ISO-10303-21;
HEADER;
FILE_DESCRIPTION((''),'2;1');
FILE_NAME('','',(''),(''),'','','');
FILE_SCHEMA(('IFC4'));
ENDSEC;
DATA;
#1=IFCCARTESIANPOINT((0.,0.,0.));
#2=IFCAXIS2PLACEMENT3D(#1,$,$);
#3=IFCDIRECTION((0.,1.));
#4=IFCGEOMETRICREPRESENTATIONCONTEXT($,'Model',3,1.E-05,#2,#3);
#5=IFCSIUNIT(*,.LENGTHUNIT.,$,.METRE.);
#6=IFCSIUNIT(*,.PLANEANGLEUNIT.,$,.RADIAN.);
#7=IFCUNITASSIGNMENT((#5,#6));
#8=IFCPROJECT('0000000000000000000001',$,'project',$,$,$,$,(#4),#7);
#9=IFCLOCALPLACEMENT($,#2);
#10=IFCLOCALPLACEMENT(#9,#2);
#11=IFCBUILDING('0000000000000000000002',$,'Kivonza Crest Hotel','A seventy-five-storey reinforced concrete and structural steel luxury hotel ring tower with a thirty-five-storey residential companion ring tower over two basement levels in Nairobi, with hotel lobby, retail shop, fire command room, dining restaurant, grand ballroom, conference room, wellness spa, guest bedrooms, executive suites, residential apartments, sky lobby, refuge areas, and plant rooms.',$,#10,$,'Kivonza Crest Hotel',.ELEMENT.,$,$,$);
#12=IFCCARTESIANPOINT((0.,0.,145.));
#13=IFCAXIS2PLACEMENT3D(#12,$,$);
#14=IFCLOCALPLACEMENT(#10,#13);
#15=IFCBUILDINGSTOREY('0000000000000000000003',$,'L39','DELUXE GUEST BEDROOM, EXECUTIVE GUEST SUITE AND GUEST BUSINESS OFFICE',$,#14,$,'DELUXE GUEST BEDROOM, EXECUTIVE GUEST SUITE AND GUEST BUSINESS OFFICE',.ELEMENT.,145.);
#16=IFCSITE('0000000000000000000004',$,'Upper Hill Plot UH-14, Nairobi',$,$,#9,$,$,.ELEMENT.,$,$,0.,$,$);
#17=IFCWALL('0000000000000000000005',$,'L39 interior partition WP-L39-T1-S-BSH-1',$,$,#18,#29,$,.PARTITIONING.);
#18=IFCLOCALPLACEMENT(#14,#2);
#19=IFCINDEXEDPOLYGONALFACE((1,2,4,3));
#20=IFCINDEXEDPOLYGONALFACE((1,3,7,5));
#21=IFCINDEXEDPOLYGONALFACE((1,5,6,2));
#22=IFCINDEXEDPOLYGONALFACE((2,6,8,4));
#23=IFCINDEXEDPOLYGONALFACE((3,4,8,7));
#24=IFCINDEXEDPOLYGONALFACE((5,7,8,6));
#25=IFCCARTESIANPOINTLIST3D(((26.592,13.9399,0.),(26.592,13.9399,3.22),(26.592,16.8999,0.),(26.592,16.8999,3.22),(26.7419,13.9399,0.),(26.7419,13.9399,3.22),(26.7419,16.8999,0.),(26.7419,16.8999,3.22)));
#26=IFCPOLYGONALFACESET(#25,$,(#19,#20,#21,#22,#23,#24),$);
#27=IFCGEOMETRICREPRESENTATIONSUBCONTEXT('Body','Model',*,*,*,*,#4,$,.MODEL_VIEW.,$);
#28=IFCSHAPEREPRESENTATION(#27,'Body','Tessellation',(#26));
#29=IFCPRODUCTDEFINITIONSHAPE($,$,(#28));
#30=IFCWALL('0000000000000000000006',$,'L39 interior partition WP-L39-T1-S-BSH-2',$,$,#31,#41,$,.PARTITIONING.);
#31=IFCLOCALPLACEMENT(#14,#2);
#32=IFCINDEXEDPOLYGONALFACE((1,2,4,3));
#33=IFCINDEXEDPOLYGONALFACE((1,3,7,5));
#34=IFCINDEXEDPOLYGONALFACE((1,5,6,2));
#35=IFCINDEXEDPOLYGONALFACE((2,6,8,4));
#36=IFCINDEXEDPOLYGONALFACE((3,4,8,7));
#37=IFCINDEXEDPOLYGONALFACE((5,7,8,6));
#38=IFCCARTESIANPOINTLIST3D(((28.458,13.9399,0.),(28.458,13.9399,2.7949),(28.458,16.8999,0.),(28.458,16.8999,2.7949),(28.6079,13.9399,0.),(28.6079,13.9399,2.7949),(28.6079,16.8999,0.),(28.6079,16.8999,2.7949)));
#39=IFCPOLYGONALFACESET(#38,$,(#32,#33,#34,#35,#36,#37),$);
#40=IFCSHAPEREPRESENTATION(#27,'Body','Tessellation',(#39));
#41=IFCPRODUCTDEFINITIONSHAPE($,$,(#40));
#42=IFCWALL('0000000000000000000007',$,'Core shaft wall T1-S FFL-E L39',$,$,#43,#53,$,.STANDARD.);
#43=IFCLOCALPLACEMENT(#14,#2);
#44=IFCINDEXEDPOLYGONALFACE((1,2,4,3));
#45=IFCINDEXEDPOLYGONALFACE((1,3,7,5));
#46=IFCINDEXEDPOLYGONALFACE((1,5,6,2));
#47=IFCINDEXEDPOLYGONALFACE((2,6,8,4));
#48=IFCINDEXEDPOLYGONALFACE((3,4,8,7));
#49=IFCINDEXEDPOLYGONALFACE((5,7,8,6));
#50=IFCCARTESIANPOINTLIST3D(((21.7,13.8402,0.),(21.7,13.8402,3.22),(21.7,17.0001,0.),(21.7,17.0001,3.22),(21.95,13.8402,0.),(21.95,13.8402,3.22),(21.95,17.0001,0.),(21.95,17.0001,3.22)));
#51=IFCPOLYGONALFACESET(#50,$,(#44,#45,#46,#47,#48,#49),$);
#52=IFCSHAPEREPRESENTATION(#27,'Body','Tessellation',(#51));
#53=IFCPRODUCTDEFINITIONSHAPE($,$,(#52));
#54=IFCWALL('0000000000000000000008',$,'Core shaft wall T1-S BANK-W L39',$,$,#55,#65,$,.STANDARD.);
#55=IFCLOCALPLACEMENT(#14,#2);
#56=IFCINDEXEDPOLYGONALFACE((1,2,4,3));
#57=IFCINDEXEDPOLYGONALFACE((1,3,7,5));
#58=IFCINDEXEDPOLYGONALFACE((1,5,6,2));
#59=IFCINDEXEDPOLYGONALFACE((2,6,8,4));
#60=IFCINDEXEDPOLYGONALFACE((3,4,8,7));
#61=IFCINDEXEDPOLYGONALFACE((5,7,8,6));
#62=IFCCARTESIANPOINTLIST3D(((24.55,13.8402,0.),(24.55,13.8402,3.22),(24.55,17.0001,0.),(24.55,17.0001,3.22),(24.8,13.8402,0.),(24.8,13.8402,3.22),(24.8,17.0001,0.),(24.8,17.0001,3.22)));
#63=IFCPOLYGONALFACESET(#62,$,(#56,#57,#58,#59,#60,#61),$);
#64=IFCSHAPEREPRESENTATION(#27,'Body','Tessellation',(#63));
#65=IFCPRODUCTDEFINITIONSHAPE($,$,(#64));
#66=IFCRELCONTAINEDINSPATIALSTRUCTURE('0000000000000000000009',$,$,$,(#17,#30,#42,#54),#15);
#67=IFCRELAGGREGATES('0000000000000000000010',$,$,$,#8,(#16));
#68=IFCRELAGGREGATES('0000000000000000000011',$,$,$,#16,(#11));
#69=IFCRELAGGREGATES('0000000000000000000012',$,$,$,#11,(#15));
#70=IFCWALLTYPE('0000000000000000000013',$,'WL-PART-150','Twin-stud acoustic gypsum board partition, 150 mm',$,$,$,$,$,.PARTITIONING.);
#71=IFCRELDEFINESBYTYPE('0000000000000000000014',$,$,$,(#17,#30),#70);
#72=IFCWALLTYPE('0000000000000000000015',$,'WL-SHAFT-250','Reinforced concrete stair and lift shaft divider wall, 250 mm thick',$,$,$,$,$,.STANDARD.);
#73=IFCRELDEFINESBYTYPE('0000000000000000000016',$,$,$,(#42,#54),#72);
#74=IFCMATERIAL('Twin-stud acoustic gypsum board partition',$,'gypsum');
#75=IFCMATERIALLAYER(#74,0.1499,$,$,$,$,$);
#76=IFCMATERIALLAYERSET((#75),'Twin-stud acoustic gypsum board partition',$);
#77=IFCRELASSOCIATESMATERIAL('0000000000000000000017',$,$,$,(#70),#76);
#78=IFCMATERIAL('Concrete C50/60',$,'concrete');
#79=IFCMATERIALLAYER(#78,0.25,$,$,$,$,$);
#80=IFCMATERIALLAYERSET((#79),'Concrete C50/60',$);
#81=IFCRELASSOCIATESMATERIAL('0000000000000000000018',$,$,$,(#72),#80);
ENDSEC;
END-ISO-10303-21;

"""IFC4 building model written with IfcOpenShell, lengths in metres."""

from ifc_helpers import new_model, si_unit, direction, frame, frame_2d, origin, place, context, subcontext, project, spatial, rectangle, extrude, material, layer, layer_set, type_object, element, save


model = new_model("IFC4")

# Units and contexts
model_context = context("Model", 3, precision=1e-05, world=origin(), true_north=direction((0.0, 1.0)))
body_context = subcontext(model_context, "Body", "Model", "MODEL_VIEW")
ifc_project = project(units=[si_unit("LENGTHUNIT", "METRE"), si_unit("PLANEANGLEUNIT", "RADIAN")], contexts=[model_context])

# Site, building, storey
site_placement = place(None, origin())
site = spatial("IfcSite", under=ifc_project, at=site_placement, Name="Upper Hill Plot UH-14, Nairobi", CompositionType="ELEMENT", RefElevation=0.0)
building_placement = place(site_placement, origin())
building = spatial("IfcBuilding", under=site, at=building_placement, Name="Kivonza Crest Hotel", Description="A seventy-five-storey reinforced concrete and structural steel luxury hotel ring tower with a thirty-five-storey residential companion ring tower over two basement levels in Nairobi, with hotel lobby, retail shop, fire command room, dining restaurant, grand ballroom, conference room, wellness spa, guest bedrooms, executive suites, residential apartments, sky lobby, refuge areas, and plant rooms.", LongName="Kivonza Crest Hotel", CompositionType="ELEMENT")
storey_placement = place(building_placement, frame((0.0, 0.0, 145.0)))
storey = spatial("IfcBuildingStorey", under=building, at=storey_placement, Name="L39", Description="DELUXE GUEST BEDROOM, EXECUTIVE GUEST SUITE AND GUEST BUSINESS OFFICE", LongName="DELUXE GUEST BEDROOM, EXECUTIVE GUEST SUITE AND GUEST BUSINESS OFFICE", CompositionType="ELEMENT", Elevation=145.0)

# Walls
ifc_material_1 = material(Name="Twin-stud acoustic gypsum board partition", Category="gypsum")
ifc_layer_1 = layer(ifc_material_1, 0.1499)
ifc_layer_set_1 = layer_set([ifc_layer_1], Name="Twin-stud acoustic gypsum board partition")
wall_type_1 = type_object("IfcWallType", Name="WL-PART-150", Description="Twin-stud acoustic gypsum board partition, 150 mm", PredefinedType="PARTITIONING", material=ifc_layer_set_1)
wall_1_placement = place(storey_placement, frame((26.667, 13.9399, 0.0), z_axis=(0.0, 0.0, 1.0), x_axis=(0.0, 1.0, 0.0)))
element("IfcWall", 1, at=wall_1_placement, inside=storey, type_object=wall_type_1, Name="L39 interior partition WP-L39-T1-S-BSH-1", PredefinedType="PARTITIONING", context=body_context, shape_type="SweptSolid", body=[
    extrude(rectangle(XDim=2.96, YDim=0.1499, at=frame_2d((1.48, 0.0))), origin(), (0.0, 0.0, 1.0), 3.22),
])
wall_2_placement = place(storey_placement, frame((28.533, 13.9399, 0.0), z_axis=(0.0, 0.0, 1.0), x_axis=(0.0, 1.0, 0.0)))
element("IfcWall", 2, at=wall_2_placement, inside=storey, type_object=wall_type_1, Name="L39 interior partition WP-L39-T1-S-BSH-2", PredefinedType="PARTITIONING", context=body_context, shape_type="SweptSolid", body=[
    extrude(rectangle(XDim=2.96, YDim=0.1499, at=frame_2d((1.48, 0.0))), origin(), (0.0, 0.0, 1.0), 2.7949),
])

# Shared definitions
ifc_material_2 = material(Name="Concrete C50/60", Category="concrete")
ifc_layer_2 = layer(ifc_material_2, 0.25)
ifc_layer_set_2 = layer_set([ifc_layer_2], Name="Concrete C50/60")
wall_type_2 = type_object("IfcWallType", Name="WL-SHAFT-250", Description="Reinforced concrete stair and lift shaft divider wall, 250 mm thick", PredefinedType="STANDARD", material=ifc_layer_set_2)

# Walls
for number, where, z_axis, x_axis, name in (
    (3, (21.825, 13.8401, 0.0), (0.0, 0.0, 1.0), (0.0, 1.0, 0.0), "Core shaft wall T1-S FFL-E L39"),
    (4, (24.675, 13.8401, 0.0), (0.0, 0.0, 1.0), (0.0, 1.0, 0.0), "Core shaft wall T1-S BANK-W L39"),
):
    element("IfcWall", number, at=place(storey_placement, frame(where, z_axis=z_axis, x_axis=x_axis)), inside=storey, type_object=wall_type_2, Name=name, PredefinedType="STANDARD", context=body_context, shape_type="SweptSolid", body=[
        extrude(rectangle(XDim=3.1599, YDim=0.25, at=frame_2d((1.5801, 0.0))), origin(), (0.0, 0.0, 1.0), 3.22),
    ])

save(model, "model.ifc")
